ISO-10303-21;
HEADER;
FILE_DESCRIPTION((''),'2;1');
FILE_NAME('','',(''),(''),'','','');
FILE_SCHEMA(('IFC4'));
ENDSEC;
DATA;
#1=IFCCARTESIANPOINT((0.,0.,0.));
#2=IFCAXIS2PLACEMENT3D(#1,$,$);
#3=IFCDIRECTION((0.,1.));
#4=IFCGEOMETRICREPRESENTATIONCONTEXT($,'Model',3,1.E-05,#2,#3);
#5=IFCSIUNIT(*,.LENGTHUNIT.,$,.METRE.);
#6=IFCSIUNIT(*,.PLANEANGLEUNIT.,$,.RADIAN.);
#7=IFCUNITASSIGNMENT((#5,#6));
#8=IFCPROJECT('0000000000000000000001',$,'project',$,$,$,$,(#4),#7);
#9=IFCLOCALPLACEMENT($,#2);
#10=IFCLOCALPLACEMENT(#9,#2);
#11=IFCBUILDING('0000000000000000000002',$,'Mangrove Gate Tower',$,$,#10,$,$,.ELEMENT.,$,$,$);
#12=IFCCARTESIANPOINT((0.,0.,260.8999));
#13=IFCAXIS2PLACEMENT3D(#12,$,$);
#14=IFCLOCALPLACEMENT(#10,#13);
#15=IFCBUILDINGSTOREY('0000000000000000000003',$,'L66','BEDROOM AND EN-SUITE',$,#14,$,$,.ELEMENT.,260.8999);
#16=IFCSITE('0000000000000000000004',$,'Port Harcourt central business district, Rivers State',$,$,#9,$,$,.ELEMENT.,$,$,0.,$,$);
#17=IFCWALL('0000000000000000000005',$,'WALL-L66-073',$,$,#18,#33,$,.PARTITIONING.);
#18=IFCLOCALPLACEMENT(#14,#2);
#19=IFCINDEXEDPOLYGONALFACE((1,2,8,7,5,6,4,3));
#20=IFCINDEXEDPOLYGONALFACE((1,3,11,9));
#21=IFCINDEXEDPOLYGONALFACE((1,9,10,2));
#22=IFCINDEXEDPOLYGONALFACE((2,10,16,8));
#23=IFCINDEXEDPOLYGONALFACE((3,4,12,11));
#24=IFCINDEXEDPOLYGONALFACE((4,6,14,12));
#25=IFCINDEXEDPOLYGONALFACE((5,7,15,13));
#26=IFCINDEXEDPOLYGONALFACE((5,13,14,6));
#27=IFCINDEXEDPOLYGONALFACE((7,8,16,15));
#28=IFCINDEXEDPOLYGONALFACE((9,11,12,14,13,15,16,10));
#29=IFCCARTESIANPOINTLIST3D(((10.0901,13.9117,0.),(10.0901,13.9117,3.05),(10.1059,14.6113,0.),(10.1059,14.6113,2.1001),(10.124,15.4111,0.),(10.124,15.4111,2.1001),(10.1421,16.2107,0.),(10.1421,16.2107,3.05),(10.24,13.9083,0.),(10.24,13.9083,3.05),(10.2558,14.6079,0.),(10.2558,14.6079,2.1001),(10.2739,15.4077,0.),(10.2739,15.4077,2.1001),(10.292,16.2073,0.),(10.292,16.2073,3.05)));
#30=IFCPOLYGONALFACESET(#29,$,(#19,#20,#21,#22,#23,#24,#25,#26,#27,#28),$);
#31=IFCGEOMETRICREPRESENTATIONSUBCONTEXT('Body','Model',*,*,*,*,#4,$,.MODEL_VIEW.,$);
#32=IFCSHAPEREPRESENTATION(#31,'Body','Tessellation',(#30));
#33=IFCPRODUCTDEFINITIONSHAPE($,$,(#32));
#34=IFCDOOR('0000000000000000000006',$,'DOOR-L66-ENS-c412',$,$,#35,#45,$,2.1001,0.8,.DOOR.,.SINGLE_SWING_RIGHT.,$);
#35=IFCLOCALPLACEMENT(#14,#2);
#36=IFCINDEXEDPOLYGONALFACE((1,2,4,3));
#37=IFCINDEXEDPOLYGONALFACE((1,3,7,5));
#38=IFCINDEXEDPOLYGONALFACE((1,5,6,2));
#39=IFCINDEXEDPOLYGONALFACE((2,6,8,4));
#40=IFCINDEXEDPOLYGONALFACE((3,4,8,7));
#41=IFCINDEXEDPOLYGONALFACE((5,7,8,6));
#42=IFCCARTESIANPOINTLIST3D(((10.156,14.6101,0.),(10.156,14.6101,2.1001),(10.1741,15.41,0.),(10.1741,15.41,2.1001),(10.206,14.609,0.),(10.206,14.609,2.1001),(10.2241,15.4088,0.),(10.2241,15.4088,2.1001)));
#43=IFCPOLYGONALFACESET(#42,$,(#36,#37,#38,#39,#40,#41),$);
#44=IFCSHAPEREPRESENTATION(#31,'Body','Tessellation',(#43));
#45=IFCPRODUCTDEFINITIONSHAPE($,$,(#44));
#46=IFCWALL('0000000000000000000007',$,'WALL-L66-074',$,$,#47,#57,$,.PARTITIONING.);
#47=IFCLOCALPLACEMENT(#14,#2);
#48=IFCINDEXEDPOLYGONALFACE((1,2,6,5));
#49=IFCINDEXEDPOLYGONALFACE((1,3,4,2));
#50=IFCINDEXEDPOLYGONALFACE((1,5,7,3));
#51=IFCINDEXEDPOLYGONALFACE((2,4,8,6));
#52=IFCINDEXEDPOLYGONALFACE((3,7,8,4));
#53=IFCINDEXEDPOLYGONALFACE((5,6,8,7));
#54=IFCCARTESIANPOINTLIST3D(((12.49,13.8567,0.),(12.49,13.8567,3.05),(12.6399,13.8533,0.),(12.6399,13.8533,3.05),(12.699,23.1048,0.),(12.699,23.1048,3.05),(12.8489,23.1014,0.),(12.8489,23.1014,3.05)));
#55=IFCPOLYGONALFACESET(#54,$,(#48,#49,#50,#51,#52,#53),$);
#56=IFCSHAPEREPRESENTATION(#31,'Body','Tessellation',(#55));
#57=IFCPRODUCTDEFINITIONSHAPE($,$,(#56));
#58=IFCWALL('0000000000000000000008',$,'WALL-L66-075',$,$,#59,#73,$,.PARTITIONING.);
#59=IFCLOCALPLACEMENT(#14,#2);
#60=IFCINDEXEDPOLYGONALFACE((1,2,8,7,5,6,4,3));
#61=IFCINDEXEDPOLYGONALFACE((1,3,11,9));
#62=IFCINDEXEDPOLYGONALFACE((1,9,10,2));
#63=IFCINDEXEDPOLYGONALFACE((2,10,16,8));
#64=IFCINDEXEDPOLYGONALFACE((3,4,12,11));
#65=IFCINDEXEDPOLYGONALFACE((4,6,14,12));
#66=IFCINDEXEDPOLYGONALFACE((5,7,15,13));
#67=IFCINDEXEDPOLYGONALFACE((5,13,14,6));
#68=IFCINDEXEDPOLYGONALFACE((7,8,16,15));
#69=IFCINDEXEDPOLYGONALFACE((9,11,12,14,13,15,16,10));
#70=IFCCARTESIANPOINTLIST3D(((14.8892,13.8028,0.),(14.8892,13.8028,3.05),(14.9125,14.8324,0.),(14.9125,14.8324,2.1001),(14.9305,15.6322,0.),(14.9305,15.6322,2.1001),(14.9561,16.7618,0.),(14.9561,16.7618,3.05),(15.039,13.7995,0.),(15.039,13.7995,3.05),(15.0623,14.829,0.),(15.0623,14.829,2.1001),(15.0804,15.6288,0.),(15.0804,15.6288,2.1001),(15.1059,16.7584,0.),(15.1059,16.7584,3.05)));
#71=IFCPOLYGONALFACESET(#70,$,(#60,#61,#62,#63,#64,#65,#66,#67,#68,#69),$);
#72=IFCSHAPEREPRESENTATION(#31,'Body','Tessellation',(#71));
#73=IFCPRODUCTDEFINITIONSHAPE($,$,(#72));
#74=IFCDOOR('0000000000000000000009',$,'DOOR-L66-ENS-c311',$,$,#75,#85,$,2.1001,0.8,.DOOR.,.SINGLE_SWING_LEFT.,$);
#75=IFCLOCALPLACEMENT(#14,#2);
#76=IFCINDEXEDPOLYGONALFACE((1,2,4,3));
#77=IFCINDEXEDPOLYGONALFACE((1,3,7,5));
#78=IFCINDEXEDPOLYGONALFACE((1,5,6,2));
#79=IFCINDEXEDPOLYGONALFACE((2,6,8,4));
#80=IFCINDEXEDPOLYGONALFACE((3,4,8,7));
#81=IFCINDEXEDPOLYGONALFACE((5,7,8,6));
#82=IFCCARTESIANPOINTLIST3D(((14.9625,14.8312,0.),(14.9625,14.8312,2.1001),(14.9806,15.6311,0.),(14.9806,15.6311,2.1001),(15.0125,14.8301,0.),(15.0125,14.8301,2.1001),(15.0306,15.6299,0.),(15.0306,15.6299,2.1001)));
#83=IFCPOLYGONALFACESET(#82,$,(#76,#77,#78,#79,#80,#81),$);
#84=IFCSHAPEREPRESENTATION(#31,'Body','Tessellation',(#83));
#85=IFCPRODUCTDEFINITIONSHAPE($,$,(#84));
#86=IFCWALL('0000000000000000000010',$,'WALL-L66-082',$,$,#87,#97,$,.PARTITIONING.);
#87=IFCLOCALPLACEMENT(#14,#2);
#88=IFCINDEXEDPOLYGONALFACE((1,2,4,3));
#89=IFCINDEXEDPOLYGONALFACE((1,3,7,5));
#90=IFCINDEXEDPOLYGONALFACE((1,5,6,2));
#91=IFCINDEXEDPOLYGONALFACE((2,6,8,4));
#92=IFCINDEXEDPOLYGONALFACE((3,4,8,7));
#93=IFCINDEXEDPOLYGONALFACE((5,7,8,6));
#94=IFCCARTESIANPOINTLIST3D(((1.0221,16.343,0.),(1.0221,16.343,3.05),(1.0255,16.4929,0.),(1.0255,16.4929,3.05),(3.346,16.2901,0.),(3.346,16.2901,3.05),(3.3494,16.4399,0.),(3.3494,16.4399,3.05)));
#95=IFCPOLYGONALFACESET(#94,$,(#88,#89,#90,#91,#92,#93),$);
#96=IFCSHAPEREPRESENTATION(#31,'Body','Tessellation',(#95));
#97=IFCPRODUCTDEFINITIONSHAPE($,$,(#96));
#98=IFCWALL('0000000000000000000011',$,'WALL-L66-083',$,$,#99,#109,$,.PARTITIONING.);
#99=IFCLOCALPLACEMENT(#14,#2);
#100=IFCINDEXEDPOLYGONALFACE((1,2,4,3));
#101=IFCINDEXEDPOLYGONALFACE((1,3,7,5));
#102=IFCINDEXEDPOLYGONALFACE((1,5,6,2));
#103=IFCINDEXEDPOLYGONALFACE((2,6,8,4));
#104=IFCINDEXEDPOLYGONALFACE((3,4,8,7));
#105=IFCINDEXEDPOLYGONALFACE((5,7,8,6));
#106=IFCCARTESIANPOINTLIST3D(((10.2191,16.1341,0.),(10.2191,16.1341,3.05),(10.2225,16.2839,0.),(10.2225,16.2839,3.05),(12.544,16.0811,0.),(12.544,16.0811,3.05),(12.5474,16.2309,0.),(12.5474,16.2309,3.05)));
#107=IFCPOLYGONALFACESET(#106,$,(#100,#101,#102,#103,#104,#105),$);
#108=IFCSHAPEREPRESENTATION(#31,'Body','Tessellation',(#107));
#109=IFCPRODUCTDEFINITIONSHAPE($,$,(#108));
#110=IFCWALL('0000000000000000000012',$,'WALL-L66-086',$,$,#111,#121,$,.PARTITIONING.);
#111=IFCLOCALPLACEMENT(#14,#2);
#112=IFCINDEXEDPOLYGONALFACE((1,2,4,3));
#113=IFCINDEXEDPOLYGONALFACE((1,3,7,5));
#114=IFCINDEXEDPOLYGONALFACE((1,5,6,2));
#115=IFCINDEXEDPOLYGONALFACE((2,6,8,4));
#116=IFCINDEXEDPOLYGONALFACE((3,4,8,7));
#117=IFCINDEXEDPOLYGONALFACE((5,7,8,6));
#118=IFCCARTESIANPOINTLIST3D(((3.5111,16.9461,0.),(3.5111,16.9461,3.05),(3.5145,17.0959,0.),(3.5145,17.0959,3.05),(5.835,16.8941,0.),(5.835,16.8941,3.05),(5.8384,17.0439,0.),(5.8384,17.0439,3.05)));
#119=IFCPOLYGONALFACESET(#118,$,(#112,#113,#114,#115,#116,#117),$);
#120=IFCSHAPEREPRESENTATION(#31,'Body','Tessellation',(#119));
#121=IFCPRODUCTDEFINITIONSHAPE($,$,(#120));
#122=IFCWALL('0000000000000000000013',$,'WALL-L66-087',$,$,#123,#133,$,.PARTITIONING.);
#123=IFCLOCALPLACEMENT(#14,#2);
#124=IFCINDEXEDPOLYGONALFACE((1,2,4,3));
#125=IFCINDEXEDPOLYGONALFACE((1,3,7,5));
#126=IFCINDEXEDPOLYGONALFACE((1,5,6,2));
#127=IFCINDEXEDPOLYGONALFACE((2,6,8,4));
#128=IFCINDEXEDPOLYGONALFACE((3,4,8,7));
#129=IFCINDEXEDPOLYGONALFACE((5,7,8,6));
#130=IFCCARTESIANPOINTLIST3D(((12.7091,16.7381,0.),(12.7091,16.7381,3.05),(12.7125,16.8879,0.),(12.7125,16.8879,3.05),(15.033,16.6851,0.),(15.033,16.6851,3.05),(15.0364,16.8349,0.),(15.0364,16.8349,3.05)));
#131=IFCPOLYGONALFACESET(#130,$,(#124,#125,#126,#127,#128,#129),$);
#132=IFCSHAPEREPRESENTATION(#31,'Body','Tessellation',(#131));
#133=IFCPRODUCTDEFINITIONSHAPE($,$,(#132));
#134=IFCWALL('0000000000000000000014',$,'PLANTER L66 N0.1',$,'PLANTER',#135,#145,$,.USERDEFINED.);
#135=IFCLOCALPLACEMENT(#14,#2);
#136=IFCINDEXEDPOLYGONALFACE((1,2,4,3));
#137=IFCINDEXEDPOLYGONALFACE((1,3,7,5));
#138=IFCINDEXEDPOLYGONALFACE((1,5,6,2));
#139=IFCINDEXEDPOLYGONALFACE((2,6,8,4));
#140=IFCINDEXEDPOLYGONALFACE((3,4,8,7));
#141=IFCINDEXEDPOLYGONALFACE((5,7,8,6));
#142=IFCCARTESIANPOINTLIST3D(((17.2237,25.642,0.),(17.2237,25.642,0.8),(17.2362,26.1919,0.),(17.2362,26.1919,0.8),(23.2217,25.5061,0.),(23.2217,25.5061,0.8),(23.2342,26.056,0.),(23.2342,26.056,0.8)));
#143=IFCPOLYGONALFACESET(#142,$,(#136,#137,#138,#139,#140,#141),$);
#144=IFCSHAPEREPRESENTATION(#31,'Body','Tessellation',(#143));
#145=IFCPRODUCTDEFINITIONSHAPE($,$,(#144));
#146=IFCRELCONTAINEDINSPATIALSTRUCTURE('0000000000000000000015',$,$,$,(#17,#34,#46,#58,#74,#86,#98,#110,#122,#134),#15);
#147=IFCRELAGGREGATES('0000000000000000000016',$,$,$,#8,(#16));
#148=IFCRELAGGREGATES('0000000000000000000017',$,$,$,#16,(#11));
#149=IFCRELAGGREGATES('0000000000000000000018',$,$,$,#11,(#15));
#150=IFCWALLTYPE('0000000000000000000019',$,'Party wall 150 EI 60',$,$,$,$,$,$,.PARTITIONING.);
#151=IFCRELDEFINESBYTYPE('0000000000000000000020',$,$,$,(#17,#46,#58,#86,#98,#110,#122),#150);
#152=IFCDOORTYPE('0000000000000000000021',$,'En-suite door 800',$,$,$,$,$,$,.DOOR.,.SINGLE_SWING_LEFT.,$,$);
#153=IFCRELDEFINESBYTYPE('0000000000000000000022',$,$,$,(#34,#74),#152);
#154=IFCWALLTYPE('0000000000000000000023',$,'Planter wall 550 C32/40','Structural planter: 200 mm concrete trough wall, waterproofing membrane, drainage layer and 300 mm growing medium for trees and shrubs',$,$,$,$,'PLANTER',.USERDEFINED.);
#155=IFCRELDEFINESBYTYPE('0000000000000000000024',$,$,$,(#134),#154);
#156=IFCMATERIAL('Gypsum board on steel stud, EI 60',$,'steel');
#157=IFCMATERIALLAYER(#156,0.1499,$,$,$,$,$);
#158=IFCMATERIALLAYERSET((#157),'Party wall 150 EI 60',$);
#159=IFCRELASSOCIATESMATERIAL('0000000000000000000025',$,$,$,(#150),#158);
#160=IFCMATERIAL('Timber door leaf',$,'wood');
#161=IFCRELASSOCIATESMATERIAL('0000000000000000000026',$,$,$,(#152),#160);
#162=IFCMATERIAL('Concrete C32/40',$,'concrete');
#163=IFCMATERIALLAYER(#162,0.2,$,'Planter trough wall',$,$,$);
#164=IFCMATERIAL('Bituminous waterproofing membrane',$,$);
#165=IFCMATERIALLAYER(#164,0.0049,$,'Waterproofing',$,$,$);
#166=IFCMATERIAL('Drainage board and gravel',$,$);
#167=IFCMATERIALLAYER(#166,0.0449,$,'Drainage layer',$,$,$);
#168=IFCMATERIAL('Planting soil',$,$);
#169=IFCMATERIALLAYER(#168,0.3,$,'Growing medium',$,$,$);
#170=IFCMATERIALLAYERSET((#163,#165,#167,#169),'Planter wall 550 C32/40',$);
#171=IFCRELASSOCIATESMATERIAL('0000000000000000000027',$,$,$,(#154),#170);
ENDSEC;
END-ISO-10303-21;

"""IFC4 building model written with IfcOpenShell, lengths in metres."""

from ifc_helpers import new_model, si_unit, direction, frame, frame_2d, origin, place, context, subcontext, project, spatial, rectangle, extrude, material, layer, layer_set, type_object, element, fill, save


model = new_model("IFC4")

# Units and contexts
model_context = context("Model", 3, precision=1e-05, world=origin(), true_north=direction((0.0, 1.0)))
body_context = subcontext(model_context, "Body", "Model", "MODEL_VIEW")
ifc_project = project(units=[si_unit("LENGTHUNIT", "METRE"), si_unit("PLANEANGLEUNIT", "RADIAN")], contexts=[model_context])

# Site, building, storey
site_placement = place(None, origin())
site = spatial("IfcSite", under=ifc_project, at=site_placement, Name="Port Harcourt central business district, Rivers State", CompositionType="ELEMENT", RefElevation=0.0)
building_placement = place(site_placement, origin())
building = spatial("IfcBuilding", under=site, at=building_placement, Name="Mangrove Gate Tower", CompositionType="ELEMENT")
storey_placement = place(building_placement, frame((0.0, 0.0, 260.8999)))
storey = spatial("IfcBuildingStorey", under=building, at=storey_placement, Name="L66", Description="BEDROOM AND EN-SUITE", CompositionType="ELEMENT", Elevation=260.8999)

# Shared definitions
ifc_material_1 = material(Name="Gypsum board on steel stud, EI 60", Category="steel")
ifc_layer_1 = layer(ifc_material_1, 0.1499)
ifc_layer_set_1 = layer_set([ifc_layer_1], Name="Party wall 150 EI 60")
wall_type_1 = type_object("IfcWallType", Name="Party wall 150 EI 60", PredefinedType="PARTITIONING", material=ifc_layer_set_1)
ifc_material_2 = material(Name="Timber door leaf", Category="wood")
door_type = type_object("IfcDoorType", Name="En-suite door 800", OperationType="SINGLE_SWING_LEFT", PredefinedType="DOOR", material=ifc_material_2)

# Wall, opening, door
wall_1_placement = place(storey_placement, frame((10.165, 13.9099, 0.0), z_axis=(0.0, 0.0, 1.0), x_axis=(0.022613, 0.999744, 0.0)))
wall_1 = element("IfcWall", 1, at=wall_1_placement, inside=storey, type_object=wall_type_1, Name="WALL-L66-073", PredefinedType="PARTITIONING", context=body_context, shape_type="SweptSolid", body=[
    extrude(rectangle(XDim=2.2996, YDim=0.1499, at=frame_2d((1.1499, 0.0))), origin(), (0.0, 0.0, 1.0), 3.05),
])
opening_1_placement = place(wall_1_placement, frame((0.7, 0.0, 0.0)))
opening_1 = element("IfcOpeningElement", 2, at=opening_1_placement, cuts=wall_1, PredefinedType="OPENING", context=body_context, shape_type="SweptSolid", body=[
    extrude(rectangle(XDim=0.8, YDim=2.1001, at=frame_2d((0.3999, 1.05))), frame((0.0, 0.085, 0.0), z_axis=(0.0, -1.0, 0.0), x_axis=(1.0, 0.0, 0.0)), (0.0, 0.0, 1.0), 0.1699),
])
door_1_placement = place(opening_1_placement, origin())
door_1 = element("IfcDoor", 3, at=door_1_placement, inside=storey, type_object=door_type, Name="DOOR-L66-ENS-c412", OperationType="SINGLE_SWING_RIGHT", OverallHeight=2.1001, OverallWidth=0.8, PredefinedType="DOOR", context=body_context, shape_type="SweptSolid", body=[
    extrude(rectangle(XDim=0.8, YDim=2.1001, at=frame_2d((0.3999, 1.05))), frame((0.0, 0.0249, 0.0), z_axis=(0.0, -1.0, 0.0), x_axis=(1.0, 0.0, 0.0)), (0.0, 0.0, 1.0), 0.05),
])
fill(opening_1, door_1)

# Wall
wall_2_placement = place(storey_placement, frame((12.5649, 13.855, 0.0), z_axis=(0.0, 0.0, 1.0), x_axis=(0.022592, 0.999745, 0.0)))
element("IfcWall", 4, at=wall_2_placement, inside=storey, type_object=wall_type_1, Name="WALL-L66-074", PredefinedType="PARTITIONING", context=body_context, shape_type="SweptSolid", body=[
    extrude(rectangle(XDim=9.2505, YDim=0.1499, at=frame_2d((4.6252, 0.0))), origin(), (0.0, 0.0, 1.0), 3.05),
])

# Wall, opening, door
wall_3_placement = place(storey_placement, frame((14.9641, 13.801, 0.0), z_axis=(0.0, 0.0, 1.0), x_axis=(0.022601, 0.999745, 0.0)))
wall_3 = element("IfcWall", 5, at=wall_3_placement, inside=storey, type_object=wall_type_1, Name="WALL-L66-075", PredefinedType="PARTITIONING", context=body_context, shape_type="SweptSolid", body=[
    extrude(rectangle(XDim=2.9597, YDim=0.1499, at=frame_2d((1.48, 0.0))), origin(), (0.0, 0.0, 1.0), 3.05),
])
opening_2_placement = place(wall_3_placement, frame((1.03, 0.0, 0.0)))
opening_2 = element("IfcOpeningElement", 6, at=opening_2_placement, cuts=wall_3, PredefinedType="OPENING", context=body_context, shape_type="SweptSolid", body=[
    extrude(rectangle(XDim=0.8, YDim=2.1001, at=frame_2d((0.3999, 1.05))), frame((0.0, 0.085, 0.0), z_axis=(0.0, -1.0, 0.0), x_axis=(1.0, 0.0, 0.0)), (0.0, 0.0, 1.0), 0.1699),
])
door_2_placement = place(opening_2_placement, origin())
door_2 = element("IfcDoor", 7, at=door_2_placement, inside=storey, type_object=door_type, Name="DOOR-L66-ENS-c311", OperationType="SINGLE_SWING_LEFT", OverallHeight=2.1001, OverallWidth=0.8, PredefinedType="DOOR", context=body_context, shape_type="SweptSolid", body=[
    extrude(rectangle(XDim=0.8, YDim=2.1001, at=frame_2d((0.3999, 1.05))), frame((0.0, 0.0249, 0.0), z_axis=(0.0, -1.0, 0.0), x_axis=(1.0, 0.0, 0.0)), (0.0, 0.0, 1.0), 0.05),
])
fill(opening_2, door_2)

# Walls
wall_4_placement = place(storey_placement, frame((1.0239, 16.418, 0.0), z_axis=(0.0, 0.0, 1.0), x_axis=(0.99974, -0.022791, 0.0)))
element("IfcWall", 8, at=wall_4_placement, inside=storey, type_object=wall_type_1, Name="WALL-L66-082", PredefinedType="PARTITIONING", context=body_context, shape_type="SweptSolid", body=[
    extrude(rectangle(XDim=2.3245, YDim=0.1499, at=frame_2d((1.1621, 0.0))), origin(), (0.0, 0.0, 1.0), 3.05),
])
wall_5_placement = place(storey_placement, frame((10.2209, 16.209, 0.0), z_axis=(0.0, 0.0, 1.0), x_axis=(0.99974, -0.022781, 0.0)))
element("IfcWall", 9, at=wall_5_placement, inside=storey, type_object=wall_type_1, Name="WALL-L66-083", PredefinedType="PARTITIONING", context=body_context, shape_type="SweptSolid", body=[
    extrude(rectangle(XDim=2.3254, YDim=0.1499, at=frame_2d((1.1626, 0.0))), origin(), (0.0, 0.0, 1.0), 3.05),
])
for number, where, z_axis, x_axis, name in (
    (10, (3.5129, 17.021, 0.0), (0.0, 0.0, 1.0), (0.99975, -0.022371, 0.0), "WALL-L66-086"),
    (11, (12.7109, 16.813, 0.0), (0.0, 0.0, 1.0), (0.99974, -0.022791, 0.0), "WALL-L66-087"),
):
    element("IfcWall", number, at=place(storey_placement, frame(where, z_axis=z_axis, x_axis=x_axis)), inside=storey, type_object=wall_type_1, Name=name, PredefinedType="PARTITIONING", context=body_context, shape_type="SweptSolid", body=[
        extrude(rectangle(XDim=2.3245, YDim=0.1499, at=frame_2d((1.1621, 0.0))), origin(), (0.0, 0.0, 1.0), 3.05),
    ])
ifc_material_3 = material(Name="Concrete C32/40", Category="concrete")
ifc_layer_2 = layer(ifc_material_3, 0.2, Name="Planter trough wall")
ifc_material_4 = material(Name="Bituminous waterproofing membrane")
ifc_layer_3 = layer(ifc_material_4, 0.0049, Name="Waterproofing")
ifc_material_5 = material(Name="Drainage board and gravel")
ifc_layer_4 = layer(ifc_material_5, 0.0449, Name="Drainage layer")
ifc_material_6 = material(Name="Planting soil")
ifc_layer_5 = layer(ifc_material_6, 0.3, Name="Growing medium")
ifc_layer_set_2 = layer_set([ifc_layer_2, ifc_layer_3, ifc_layer_4, ifc_layer_5], Name="Planter wall 550 C32/40")
wall_type_2 = type_object("IfcWallType", Name="Planter wall 550 C32/40", Description="Structural planter: 200 mm concrete trough wall, waterproofing membrane, drainage layer and 300 mm growing medium for trees and shrubs", ElementType="PLANTER", PredefinedType="USERDEFINED", material=ifc_layer_set_2)
wall_6_placement = place(storey_placement, frame((17.23, 25.917, 0.0), z_axis=(0.0, 0.0, 1.0), x_axis=(0.999743, -0.022666, 0.0)))
element("IfcWall", 12, at=wall_6_placement, inside=storey, type_object=wall_type_2, Name="PLANTER L66 N0.1", ObjectType="PLANTER", PredefinedType="USERDEFINED", context=body_context, shape_type="SweptSolid", body=[
    extrude(rectangle(XDim=5.9995, YDim=0.55, at=frame_2d((2.9998, 0.0))), origin(), (0.0, 0.0, 1.0), 0.8),
])

save(model, "model.ifc")
